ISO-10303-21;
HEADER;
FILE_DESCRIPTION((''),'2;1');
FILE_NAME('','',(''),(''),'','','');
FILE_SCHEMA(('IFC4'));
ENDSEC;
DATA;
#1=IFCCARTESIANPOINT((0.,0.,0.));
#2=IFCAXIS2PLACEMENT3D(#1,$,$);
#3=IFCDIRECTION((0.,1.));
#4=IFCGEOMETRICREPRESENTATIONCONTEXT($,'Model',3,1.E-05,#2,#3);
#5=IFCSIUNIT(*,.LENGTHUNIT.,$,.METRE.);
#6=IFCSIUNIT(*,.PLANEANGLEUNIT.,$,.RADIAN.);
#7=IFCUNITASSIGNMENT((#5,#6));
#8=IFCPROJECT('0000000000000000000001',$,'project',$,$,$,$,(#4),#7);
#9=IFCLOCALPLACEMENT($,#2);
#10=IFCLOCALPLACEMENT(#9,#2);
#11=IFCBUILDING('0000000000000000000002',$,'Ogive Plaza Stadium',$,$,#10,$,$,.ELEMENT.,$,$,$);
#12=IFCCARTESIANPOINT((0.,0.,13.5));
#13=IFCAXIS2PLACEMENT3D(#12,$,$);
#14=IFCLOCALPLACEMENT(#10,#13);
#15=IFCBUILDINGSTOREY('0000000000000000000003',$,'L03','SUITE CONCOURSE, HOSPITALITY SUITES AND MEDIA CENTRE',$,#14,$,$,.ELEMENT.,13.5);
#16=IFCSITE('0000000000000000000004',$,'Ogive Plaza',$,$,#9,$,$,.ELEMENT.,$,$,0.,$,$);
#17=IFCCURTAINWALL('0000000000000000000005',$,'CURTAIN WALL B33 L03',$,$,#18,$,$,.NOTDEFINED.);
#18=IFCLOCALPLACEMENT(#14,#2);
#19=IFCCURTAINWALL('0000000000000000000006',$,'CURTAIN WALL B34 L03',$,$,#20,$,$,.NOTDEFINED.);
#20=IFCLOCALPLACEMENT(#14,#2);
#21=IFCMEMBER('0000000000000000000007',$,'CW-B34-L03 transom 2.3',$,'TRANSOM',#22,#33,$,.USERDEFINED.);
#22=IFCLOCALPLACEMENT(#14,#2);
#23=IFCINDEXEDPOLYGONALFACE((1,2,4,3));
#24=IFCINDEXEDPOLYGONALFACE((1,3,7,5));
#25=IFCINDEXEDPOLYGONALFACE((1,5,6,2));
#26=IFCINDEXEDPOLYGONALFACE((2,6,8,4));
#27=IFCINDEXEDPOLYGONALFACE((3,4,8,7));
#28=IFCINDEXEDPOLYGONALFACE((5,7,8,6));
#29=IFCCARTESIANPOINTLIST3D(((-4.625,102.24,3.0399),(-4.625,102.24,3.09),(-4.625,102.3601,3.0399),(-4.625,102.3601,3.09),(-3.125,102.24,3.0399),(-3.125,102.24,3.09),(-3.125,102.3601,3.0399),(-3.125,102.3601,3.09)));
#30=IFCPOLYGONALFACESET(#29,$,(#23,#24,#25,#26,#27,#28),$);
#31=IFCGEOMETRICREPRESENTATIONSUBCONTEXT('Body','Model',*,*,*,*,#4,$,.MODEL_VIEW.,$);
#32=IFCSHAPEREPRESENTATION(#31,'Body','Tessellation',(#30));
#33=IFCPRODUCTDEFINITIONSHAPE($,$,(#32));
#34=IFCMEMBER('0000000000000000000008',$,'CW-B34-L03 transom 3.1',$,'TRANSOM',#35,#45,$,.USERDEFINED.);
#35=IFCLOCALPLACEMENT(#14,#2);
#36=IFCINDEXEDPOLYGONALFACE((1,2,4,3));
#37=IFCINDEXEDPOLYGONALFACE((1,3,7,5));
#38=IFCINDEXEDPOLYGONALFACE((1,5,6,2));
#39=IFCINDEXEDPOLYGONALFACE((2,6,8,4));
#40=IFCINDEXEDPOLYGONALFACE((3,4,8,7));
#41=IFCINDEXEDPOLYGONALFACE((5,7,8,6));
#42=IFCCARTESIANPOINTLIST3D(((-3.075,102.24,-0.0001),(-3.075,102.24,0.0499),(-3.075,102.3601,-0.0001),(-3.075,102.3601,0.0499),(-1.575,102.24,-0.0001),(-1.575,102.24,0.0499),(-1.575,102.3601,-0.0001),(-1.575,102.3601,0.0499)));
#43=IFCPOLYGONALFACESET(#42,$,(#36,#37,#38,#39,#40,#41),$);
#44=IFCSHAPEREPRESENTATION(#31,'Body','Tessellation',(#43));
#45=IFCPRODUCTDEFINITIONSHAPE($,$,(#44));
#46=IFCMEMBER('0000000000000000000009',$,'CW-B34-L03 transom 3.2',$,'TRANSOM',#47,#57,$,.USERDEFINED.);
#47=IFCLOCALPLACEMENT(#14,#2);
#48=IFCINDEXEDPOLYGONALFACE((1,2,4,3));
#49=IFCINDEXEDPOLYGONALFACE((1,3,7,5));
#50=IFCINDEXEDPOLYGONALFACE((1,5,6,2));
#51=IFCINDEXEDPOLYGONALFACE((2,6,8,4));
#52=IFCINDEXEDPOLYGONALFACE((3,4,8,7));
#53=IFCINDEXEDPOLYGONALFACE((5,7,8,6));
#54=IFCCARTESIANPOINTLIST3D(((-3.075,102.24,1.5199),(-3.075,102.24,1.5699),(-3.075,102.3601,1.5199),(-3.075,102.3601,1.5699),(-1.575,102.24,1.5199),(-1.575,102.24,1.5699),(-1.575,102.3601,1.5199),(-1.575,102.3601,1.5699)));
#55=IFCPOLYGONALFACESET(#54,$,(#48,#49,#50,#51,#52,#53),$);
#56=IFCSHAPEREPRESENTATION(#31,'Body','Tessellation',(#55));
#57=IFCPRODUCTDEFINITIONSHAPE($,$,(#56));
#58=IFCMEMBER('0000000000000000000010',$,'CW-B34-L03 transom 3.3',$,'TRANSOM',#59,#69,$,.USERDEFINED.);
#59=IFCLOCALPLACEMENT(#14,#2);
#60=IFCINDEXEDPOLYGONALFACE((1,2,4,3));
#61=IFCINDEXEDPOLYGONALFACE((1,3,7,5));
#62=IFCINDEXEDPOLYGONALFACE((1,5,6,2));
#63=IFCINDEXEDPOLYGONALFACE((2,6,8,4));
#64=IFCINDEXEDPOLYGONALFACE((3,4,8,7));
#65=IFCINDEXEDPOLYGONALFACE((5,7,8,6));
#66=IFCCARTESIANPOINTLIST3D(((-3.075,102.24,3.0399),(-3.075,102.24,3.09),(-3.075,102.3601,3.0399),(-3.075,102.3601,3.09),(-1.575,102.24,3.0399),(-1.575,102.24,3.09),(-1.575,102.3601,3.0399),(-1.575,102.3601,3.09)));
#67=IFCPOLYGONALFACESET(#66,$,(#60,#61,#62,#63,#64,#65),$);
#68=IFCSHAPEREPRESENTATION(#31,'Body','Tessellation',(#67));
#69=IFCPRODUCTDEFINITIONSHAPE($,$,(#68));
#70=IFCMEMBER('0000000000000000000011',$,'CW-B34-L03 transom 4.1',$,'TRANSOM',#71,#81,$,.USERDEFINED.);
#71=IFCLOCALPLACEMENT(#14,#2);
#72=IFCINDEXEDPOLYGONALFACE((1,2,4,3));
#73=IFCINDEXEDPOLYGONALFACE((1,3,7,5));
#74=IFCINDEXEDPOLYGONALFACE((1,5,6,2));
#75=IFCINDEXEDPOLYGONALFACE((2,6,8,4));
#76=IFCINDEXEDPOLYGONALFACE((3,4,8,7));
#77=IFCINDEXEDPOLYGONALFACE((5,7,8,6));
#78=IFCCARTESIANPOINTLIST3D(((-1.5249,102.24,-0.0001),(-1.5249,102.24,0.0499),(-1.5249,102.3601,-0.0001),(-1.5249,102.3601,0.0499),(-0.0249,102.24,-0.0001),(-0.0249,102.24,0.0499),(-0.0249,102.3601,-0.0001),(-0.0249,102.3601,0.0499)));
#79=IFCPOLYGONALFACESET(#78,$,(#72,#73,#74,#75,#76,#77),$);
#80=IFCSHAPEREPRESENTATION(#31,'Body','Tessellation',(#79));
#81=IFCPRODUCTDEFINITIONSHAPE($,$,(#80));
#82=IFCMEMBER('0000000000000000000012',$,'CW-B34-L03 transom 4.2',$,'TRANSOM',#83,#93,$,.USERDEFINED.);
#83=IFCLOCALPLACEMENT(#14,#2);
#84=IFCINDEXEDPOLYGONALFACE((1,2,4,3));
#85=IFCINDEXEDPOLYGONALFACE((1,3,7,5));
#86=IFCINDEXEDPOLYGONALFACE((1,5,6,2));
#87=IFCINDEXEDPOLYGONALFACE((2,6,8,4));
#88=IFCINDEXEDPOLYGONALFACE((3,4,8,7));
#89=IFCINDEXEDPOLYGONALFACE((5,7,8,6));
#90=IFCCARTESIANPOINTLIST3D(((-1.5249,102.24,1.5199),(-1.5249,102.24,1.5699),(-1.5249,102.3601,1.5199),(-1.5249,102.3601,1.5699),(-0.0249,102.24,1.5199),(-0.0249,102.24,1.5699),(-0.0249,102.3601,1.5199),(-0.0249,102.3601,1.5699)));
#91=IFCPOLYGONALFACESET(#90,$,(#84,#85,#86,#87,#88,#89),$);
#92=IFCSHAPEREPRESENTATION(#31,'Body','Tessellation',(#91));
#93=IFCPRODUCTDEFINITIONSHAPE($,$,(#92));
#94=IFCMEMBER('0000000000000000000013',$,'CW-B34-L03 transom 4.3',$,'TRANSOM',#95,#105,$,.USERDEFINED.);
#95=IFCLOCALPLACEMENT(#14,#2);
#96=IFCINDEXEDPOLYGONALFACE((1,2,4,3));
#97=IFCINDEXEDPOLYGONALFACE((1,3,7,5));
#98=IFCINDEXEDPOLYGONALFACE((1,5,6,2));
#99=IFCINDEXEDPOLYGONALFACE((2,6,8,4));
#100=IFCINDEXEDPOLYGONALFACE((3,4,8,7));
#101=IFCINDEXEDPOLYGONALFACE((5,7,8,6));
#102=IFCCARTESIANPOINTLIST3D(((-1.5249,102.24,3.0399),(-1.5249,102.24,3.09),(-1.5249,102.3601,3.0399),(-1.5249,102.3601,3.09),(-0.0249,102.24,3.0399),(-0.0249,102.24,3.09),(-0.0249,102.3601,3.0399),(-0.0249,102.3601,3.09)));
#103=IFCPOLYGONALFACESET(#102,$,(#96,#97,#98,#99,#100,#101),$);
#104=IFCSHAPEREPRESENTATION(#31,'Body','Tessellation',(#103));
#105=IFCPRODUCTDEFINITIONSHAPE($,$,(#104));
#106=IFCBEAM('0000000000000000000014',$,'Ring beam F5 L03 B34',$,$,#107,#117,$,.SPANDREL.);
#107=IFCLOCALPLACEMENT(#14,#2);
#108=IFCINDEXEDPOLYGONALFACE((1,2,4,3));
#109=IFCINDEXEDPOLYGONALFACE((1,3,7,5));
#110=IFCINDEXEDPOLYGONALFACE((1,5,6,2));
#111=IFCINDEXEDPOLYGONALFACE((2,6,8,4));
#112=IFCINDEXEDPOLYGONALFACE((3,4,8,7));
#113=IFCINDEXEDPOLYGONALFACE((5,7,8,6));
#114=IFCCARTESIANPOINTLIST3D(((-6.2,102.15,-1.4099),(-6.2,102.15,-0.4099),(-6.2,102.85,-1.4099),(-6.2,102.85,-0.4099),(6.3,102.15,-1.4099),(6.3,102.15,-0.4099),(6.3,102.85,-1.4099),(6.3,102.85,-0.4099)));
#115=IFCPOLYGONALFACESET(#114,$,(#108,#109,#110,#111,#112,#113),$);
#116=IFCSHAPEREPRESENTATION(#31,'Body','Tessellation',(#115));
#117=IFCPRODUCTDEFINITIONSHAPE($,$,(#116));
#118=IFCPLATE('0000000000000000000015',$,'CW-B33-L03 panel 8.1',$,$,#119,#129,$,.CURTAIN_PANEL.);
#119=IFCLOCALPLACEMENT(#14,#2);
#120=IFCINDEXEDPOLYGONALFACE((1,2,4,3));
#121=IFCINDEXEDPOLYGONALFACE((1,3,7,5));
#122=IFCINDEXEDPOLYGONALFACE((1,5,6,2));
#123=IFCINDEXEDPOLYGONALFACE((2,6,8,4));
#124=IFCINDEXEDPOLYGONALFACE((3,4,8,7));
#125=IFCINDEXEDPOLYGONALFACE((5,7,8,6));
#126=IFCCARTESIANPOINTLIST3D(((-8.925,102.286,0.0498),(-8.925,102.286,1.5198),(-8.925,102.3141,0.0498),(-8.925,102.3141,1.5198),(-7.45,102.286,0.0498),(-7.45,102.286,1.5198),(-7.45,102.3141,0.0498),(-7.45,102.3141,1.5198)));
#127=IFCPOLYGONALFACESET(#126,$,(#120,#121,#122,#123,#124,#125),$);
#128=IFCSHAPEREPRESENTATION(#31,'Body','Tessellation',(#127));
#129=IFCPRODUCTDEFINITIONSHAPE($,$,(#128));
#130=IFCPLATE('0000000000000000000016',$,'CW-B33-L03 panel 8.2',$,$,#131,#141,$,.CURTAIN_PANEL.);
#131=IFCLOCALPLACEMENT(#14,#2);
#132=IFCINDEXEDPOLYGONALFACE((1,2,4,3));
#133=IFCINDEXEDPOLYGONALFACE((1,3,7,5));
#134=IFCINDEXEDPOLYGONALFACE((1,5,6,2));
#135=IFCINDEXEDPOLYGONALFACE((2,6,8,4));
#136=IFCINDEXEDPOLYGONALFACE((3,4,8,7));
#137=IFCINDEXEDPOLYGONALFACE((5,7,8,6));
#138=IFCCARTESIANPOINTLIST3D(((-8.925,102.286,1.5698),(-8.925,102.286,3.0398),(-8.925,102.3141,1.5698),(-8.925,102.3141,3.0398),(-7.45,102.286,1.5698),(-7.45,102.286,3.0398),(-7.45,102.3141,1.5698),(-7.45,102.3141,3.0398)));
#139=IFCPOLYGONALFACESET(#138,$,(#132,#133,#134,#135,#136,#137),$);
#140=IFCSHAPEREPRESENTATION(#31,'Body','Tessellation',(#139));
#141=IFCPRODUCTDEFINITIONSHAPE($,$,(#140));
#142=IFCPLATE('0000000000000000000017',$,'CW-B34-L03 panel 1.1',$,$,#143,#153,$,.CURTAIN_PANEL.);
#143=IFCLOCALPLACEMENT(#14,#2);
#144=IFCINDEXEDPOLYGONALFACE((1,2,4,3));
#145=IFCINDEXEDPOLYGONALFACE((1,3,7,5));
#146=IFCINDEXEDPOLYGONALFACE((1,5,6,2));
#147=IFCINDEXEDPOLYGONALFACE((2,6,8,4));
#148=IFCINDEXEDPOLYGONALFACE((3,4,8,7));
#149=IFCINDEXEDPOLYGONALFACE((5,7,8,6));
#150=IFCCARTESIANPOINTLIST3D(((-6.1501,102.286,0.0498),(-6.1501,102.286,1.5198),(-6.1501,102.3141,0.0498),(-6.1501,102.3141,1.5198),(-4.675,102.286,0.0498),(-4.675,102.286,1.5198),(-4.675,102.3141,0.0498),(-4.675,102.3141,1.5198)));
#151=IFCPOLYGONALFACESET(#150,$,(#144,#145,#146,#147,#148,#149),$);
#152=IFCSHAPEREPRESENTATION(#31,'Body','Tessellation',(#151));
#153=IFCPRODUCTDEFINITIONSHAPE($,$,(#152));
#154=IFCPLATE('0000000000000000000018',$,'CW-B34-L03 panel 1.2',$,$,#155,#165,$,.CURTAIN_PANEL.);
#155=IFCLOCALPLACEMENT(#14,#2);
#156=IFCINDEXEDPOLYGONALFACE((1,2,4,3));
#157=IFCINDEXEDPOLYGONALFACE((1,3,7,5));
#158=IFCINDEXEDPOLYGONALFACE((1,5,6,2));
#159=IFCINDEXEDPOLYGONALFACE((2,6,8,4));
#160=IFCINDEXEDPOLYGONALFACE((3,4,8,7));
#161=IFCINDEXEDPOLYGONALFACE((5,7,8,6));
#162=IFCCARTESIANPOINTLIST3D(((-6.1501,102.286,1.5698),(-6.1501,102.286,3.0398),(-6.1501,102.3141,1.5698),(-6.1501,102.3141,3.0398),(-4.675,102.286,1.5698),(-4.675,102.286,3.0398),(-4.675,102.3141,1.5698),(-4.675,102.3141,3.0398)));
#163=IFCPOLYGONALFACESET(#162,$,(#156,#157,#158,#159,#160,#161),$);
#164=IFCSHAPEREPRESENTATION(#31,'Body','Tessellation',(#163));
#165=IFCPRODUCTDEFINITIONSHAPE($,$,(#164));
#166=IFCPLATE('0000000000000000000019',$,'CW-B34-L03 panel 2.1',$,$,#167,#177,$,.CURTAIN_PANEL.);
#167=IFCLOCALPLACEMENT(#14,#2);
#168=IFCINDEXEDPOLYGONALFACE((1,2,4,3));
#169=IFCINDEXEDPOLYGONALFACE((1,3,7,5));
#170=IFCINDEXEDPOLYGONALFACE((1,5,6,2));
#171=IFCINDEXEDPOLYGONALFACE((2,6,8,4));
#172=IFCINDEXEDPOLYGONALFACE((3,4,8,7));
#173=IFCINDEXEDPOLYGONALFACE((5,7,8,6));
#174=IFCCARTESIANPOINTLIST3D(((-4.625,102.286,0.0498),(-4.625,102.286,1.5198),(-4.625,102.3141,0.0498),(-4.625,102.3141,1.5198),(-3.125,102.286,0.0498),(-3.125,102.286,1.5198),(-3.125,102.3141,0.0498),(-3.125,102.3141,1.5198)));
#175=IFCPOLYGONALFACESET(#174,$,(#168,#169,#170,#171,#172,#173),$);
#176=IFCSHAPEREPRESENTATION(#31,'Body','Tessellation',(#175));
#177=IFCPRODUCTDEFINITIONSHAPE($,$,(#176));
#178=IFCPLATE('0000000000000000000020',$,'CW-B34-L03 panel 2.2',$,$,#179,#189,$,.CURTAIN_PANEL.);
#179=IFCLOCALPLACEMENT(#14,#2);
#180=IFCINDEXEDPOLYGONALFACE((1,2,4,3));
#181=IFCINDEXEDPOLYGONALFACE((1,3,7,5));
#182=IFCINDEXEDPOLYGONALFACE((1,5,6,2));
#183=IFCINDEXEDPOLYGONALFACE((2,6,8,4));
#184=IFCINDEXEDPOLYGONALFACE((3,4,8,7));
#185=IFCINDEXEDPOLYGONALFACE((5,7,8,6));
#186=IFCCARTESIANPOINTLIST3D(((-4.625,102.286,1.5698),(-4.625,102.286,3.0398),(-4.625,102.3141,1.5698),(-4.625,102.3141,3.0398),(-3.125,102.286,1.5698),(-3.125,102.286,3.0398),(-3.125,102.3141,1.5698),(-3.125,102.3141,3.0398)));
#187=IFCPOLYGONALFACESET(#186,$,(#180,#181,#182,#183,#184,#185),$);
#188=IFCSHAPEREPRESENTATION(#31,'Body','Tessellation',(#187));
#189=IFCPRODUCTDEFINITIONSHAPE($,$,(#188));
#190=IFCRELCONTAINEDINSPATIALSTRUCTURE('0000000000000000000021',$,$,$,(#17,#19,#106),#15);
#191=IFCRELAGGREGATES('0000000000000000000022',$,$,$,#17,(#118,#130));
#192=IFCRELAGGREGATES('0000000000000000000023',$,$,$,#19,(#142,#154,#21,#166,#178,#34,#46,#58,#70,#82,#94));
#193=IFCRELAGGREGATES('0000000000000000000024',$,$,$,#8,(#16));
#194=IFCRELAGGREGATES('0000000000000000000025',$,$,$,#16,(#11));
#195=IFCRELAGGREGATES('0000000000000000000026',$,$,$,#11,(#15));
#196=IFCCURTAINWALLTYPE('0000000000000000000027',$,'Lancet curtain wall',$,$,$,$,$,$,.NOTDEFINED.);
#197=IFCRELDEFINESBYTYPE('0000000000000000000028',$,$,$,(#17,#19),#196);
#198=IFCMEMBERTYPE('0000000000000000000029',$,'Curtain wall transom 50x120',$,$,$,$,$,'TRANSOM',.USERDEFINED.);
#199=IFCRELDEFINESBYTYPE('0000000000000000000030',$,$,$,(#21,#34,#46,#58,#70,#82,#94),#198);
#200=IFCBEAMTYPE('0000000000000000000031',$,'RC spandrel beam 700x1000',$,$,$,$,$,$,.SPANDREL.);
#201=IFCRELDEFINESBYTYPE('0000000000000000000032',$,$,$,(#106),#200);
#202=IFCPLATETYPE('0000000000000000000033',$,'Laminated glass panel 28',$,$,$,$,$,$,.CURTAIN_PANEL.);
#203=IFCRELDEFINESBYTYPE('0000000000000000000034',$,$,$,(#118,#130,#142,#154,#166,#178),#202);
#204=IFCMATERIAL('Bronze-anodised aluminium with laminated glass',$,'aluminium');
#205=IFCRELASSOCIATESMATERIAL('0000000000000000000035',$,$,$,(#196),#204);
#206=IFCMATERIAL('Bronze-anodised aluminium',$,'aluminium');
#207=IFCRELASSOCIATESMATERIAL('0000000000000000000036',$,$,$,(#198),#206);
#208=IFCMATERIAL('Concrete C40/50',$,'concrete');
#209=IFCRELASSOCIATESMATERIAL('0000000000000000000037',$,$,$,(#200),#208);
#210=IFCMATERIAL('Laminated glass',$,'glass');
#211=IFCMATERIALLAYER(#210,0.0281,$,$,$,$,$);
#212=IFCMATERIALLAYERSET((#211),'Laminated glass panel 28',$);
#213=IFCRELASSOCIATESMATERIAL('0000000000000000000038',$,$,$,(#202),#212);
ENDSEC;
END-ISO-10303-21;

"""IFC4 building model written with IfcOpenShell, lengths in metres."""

from ifc_helpers import new_model, si_unit, direction, frame, origin, origin_2d, place, context, subcontext, project, spatial, rectangle, extrude, material, layer, layer_set, material_profile, profile_set, type_object, element, aggregate, save


model = new_model("IFC4")

# Units and contexts
model_context = context("Model", 3, precision=1e-05, world=origin(), true_north=direction((0.0, 1.0)))
body_context = subcontext(model_context, "Body", "Model", "MODEL_VIEW")
ifc_project = project(units=[si_unit("LENGTHUNIT", "METRE"), si_unit("PLANEANGLEUNIT", "RADIAN")], contexts=[model_context])

# Site, building, storey
site_placement = place(None, origin())
site = spatial("IfcSite", under=ifc_project, at=site_placement, Name="Ogive Plaza", CompositionType="ELEMENT", RefElevation=0.0)
building_placement = place(site_placement, origin())
building = spatial("IfcBuilding", under=site, at=building_placement, Name="Ogive Plaza Stadium", CompositionType="ELEMENT")
storey_placement = place(building_placement, frame((0.0, 0.0, 13.5)))
storey = spatial("IfcBuildingStorey", under=building, at=storey_placement, Name="L03", Description="SUITE CONCOURSE, HOSPITALITY SUITES AND MEDIA CENTRE", CompositionType="ELEMENT", Elevation=13.5)

# Curtain wall
ifc_material_1 = material(Name="Bronze-anodised aluminium with laminated glass", Category="aluminium")
curtain_wall_type = type_object("IfcCurtainWallType", Name="Lancet curtain wall", PredefinedType="NOTDEFINED", material=ifc_material_1)
curtain_wall_1_placement = place(storey_placement, origin())
curtain_wall_1 = element("IfcCurtainWall", 1, at=curtain_wall_1_placement, inside=storey, type_object=curtain_wall_type, Name="CURTAIN WALL B33 L03", PredefinedType="NOTDEFINED")

# Curtain wall
curtain_wall_2_placement = place(storey_placement, origin())
curtain_wall_2 = element("IfcCurtainWall", 2, at=curtain_wall_2_placement, inside=storey, type_object=curtain_wall_type, Name="CURTAIN WALL B34 L03", PredefinedType="NOTDEFINED")

# Members
ifc_material_2 = material(Name="Bronze-anodised aluminium", Category="aluminium")
ifc_material_profile_1 = material_profile(ifc_material_2, rectangle(XDim=0.1201, YDim=0.05, at=origin_2d()), Name="AL 120x50")
ifc_profile_set_1 = profile_set([ifc_material_profile_1], Name="Bronze-anodised aluminium")
member_type_1 = type_object("IfcMemberType", Name="Curtain wall transom 50x120", ElementType="TRANSOM", PredefinedType="USERDEFINED", material=ifc_profile_set_1)
member_1_placement = place(storey_placement, frame((-4.625, 102.3, 3.0649), z_axis=(1.0, 0.0, 0.0), x_axis=(0.0, 1.0, 0.0)))
member_1 = element("IfcMember", 3, at=member_1_placement, type_object=member_type_1, Name="CW-B34-L03 transom 2.3", ObjectType="TRANSOM", PredefinedType="USERDEFINED", context=body_context, shape_type="SweptSolid", body=[
    extrude(rectangle(XDim=0.1201, YDim=0.05, at=origin_2d()), origin(), (0.0, 0.0, 1.0), 1.5),
])
member_2_placement = place(storey_placement, frame((-3.075, 102.3, 0.0249), z_axis=(1.0, 0.0, 0.0), x_axis=(0.0, 1.0, 0.0)))
member_2 = element("IfcMember", 4, at=member_2_placement, type_object=member_type_1, Name="CW-B34-L03 transom 3.1", ObjectType="TRANSOM", PredefinedType="USERDEFINED", context=body_context, shape_type="SweptSolid", body=[
    extrude(rectangle(XDim=0.1201, YDim=0.05, at=origin_2d()), origin(), (0.0, 0.0, 1.0), 1.5),
])
member_3_placement = place(storey_placement, frame((-3.075, 102.3, 1.5449), z_axis=(1.0, 0.0, 0.0), x_axis=(0.0, 1.0, 0.0)))
member_3 = element("IfcMember", 5, at=member_3_placement, type_object=member_type_1, Name="CW-B34-L03 transom 3.2", ObjectType="TRANSOM", PredefinedType="USERDEFINED", context=body_context, shape_type="SweptSolid", body=[
    extrude(rectangle(XDim=0.1201, YDim=0.05, at=origin_2d()), origin(), (0.0, 0.0, 1.0), 1.5),
])
member_4_placement = place(storey_placement, frame((-3.075, 102.3, 3.0649), z_axis=(1.0, 0.0, 0.0), x_axis=(0.0, 1.0, 0.0)))
member_4 = element("IfcMember", 6, at=member_4_placement, type_object=member_type_1, Name="CW-B34-L03 transom 3.3", ObjectType="TRANSOM", PredefinedType="USERDEFINED", context=body_context, shape_type="SweptSolid", body=[
    extrude(rectangle(XDim=0.1201, YDim=0.05, at=origin_2d()), origin(), (0.0, 0.0, 1.0), 1.5),
])
member_5_placement = place(storey_placement, frame((-1.5249, 102.3, 0.0249), z_axis=(1.0, 0.0, 0.0), x_axis=(0.0, 1.0, 0.0)))
member_5 = element("IfcMember", 7, at=member_5_placement, type_object=member_type_1, Name="CW-B34-L03 transom 4.1", ObjectType="TRANSOM", PredefinedType="USERDEFINED", context=body_context, shape_type="SweptSolid", body=[
    extrude(rectangle(XDim=0.1201, YDim=0.05, at=origin_2d()), origin(), (0.0, 0.0, 1.0), 1.5),
])
member_6_placement = place(storey_placement, frame((-1.5249, 102.3, 1.5449), z_axis=(1.0, 0.0, 0.0), x_axis=(0.0, 1.0, 0.0)))
member_6 = element("IfcMember", 8, at=member_6_placement, type_object=member_type_1, Name="CW-B34-L03 transom 4.2", ObjectType="TRANSOM", PredefinedType="USERDEFINED", context=body_context, shape_type="SweptSolid", body=[
    extrude(rectangle(XDim=0.1201, YDim=0.05, at=origin_2d()), origin(), (0.0, 0.0, 1.0), 1.5),
])
member_7_placement = place(storey_placement, frame((-1.5249, 102.3, 3.0649), z_axis=(1.0, 0.0, 0.0), x_axis=(0.0, 1.0, 0.0)))
member_7 = element("IfcMember", 9, at=member_7_placement, type_object=member_type_1, Name="CW-B34-L03 transom 4.3", ObjectType="TRANSOM", PredefinedType="USERDEFINED", context=body_context, shape_type="SweptSolid", body=[
    extrude(rectangle(XDim=0.1201, YDim=0.05, at=origin_2d()), origin(), (0.0, 0.0, 1.0), 1.5),
])

# Beam
ifc_material_3 = material(Name="Concrete C40/50", Category="concrete")
ifc_material_profile_2 = material_profile(ifc_material_3, rectangle(XDim=0.7, YDim=1.0, at=origin_2d()), Name="RC 700x1000")
ifc_profile_set_2 = profile_set([ifc_material_profile_2], Name="Concrete C40/50")
beam_type = type_object("IfcBeamType", Name="RC spandrel beam 700x1000", PredefinedType="SPANDREL", material=ifc_profile_set_2)
beam_placement = place(storey_placement, frame((-6.2, 102.5, -0.9099), z_axis=(1.0, 0.0, 0.0), x_axis=(0.0, 1.0, 0.0)))
element("IfcBeam", 10, at=beam_placement, inside=storey, type_object=beam_type, Name="Ring beam F5 L03 B34", PredefinedType="SPANDREL", context=body_context, shape_type="SweptSolid", body=[
    extrude(rectangle(XDim=0.7, YDim=1.0, at=origin_2d()), origin(), (0.0, 0.0, 1.0), 12.5),
])

# Plates
ifc_material_4 = material(Name="Laminated glass", Category="glass")
ifc_layer = layer(ifc_material_4, 0.0281)
ifc_layer_set = layer_set([ifc_layer], Name="Laminated glass panel 28")
plate_type = type_object("IfcPlateType", Name="Laminated glass panel 28", PredefinedType="CURTAIN_PANEL", material=ifc_layer_set)
plate_1_placement = place(storey_placement, frame((-8.1875, 102.3, 0.0498), z_axis=(0.0, 0.0, 1.0), x_axis=(1.0, 0.0, 0.0)))
plate_1 = element("IfcPlate", 11, at=plate_1_placement, type_object=plate_type, Name="CW-B33-L03 panel 8.1", PredefinedType="CURTAIN_PANEL", context=body_context, shape_type="SweptSolid", body=[
    extrude(rectangle(XDim=1.4751, YDim=0.0281, at=origin_2d()), origin(), (0.0, 0.0, 1.0), 1.47),
])
plate_2_placement = place(storey_placement, frame((-8.1875, 102.3, 1.5698), z_axis=(0.0, 0.0, 1.0), x_axis=(1.0, 0.0, 0.0)))
plate_2 = element("IfcPlate", 12, at=plate_2_placement, type_object=plate_type, Name="CW-B33-L03 panel 8.2", PredefinedType="CURTAIN_PANEL", context=body_context, shape_type="SweptSolid", body=[
    extrude(rectangle(XDim=1.4751, YDim=0.0281, at=origin_2d()), origin(), (0.0, 0.0, 1.0), 1.47),
])
aggregate(curtain_wall_1, [plate_1, plate_2])
plate_3_placement = place(storey_placement, frame((-5.4126, 102.3, 0.0498), z_axis=(0.0, 0.0, 1.0), x_axis=(1.0, 0.0, 0.0)))
plate_3 = element("IfcPlate", 13, at=plate_3_placement, type_object=plate_type, Name="CW-B34-L03 panel 1.1", PredefinedType="CURTAIN_PANEL", context=body_context, shape_type="SweptSolid", body=[
    extrude(rectangle(XDim=1.4751, YDim=0.0281, at=origin_2d()), origin(), (0.0, 0.0, 1.0), 1.47),
])
plate_4_placement = place(storey_placement, frame((-5.4126, 102.3, 1.5698), z_axis=(0.0, 0.0, 1.0), x_axis=(1.0, 0.0, 0.0)))
plate_4 = element("IfcPlate", 14, at=plate_4_placement, type_object=plate_type, Name="CW-B34-L03 panel 1.2", PredefinedType="CURTAIN_PANEL", context=body_context, shape_type="SweptSolid", body=[
    extrude(rectangle(XDim=1.4751, YDim=0.0281, at=origin_2d()), origin(), (0.0, 0.0, 1.0), 1.47),
])
plate_5_placement = place(storey_placement, frame((-3.875, 102.3, 0.0498), z_axis=(0.0, 0.0, 1.0), x_axis=(1.0, 0.0, 0.0)))
plate_5 = element("IfcPlate", 15, at=plate_5_placement, type_object=plate_type, Name="CW-B34-L03 panel 2.1", PredefinedType="CURTAIN_PANEL", context=body_context, shape_type="SweptSolid", body=[
    extrude(rectangle(XDim=1.5, YDim=0.0281, at=origin_2d()), origin(), (0.0, 0.0, 1.0), 1.47),
])
plate_6_placement = place(storey_placement, frame((-3.875, 102.3, 1.5698), z_axis=(0.0, 0.0, 1.0), x_axis=(1.0, 0.0, 0.0)))
plate_6 = element("IfcPlate", 16, at=plate_6_placement, type_object=plate_type, Name="CW-B34-L03 panel 2.2", PredefinedType="CURTAIN_PANEL", context=body_context, shape_type="SweptSolid", body=[
    extrude(rectangle(XDim=1.5, YDim=0.0281, at=origin_2d()), origin(), (0.0, 0.0, 1.0), 1.47),
])
aggregate(curtain_wall_2, [plate_3, plate_4, member_1, plate_5, plate_6, member_2, member_3, member_4, member_5, member_6, member_7])

save(model, "model.ifc")
